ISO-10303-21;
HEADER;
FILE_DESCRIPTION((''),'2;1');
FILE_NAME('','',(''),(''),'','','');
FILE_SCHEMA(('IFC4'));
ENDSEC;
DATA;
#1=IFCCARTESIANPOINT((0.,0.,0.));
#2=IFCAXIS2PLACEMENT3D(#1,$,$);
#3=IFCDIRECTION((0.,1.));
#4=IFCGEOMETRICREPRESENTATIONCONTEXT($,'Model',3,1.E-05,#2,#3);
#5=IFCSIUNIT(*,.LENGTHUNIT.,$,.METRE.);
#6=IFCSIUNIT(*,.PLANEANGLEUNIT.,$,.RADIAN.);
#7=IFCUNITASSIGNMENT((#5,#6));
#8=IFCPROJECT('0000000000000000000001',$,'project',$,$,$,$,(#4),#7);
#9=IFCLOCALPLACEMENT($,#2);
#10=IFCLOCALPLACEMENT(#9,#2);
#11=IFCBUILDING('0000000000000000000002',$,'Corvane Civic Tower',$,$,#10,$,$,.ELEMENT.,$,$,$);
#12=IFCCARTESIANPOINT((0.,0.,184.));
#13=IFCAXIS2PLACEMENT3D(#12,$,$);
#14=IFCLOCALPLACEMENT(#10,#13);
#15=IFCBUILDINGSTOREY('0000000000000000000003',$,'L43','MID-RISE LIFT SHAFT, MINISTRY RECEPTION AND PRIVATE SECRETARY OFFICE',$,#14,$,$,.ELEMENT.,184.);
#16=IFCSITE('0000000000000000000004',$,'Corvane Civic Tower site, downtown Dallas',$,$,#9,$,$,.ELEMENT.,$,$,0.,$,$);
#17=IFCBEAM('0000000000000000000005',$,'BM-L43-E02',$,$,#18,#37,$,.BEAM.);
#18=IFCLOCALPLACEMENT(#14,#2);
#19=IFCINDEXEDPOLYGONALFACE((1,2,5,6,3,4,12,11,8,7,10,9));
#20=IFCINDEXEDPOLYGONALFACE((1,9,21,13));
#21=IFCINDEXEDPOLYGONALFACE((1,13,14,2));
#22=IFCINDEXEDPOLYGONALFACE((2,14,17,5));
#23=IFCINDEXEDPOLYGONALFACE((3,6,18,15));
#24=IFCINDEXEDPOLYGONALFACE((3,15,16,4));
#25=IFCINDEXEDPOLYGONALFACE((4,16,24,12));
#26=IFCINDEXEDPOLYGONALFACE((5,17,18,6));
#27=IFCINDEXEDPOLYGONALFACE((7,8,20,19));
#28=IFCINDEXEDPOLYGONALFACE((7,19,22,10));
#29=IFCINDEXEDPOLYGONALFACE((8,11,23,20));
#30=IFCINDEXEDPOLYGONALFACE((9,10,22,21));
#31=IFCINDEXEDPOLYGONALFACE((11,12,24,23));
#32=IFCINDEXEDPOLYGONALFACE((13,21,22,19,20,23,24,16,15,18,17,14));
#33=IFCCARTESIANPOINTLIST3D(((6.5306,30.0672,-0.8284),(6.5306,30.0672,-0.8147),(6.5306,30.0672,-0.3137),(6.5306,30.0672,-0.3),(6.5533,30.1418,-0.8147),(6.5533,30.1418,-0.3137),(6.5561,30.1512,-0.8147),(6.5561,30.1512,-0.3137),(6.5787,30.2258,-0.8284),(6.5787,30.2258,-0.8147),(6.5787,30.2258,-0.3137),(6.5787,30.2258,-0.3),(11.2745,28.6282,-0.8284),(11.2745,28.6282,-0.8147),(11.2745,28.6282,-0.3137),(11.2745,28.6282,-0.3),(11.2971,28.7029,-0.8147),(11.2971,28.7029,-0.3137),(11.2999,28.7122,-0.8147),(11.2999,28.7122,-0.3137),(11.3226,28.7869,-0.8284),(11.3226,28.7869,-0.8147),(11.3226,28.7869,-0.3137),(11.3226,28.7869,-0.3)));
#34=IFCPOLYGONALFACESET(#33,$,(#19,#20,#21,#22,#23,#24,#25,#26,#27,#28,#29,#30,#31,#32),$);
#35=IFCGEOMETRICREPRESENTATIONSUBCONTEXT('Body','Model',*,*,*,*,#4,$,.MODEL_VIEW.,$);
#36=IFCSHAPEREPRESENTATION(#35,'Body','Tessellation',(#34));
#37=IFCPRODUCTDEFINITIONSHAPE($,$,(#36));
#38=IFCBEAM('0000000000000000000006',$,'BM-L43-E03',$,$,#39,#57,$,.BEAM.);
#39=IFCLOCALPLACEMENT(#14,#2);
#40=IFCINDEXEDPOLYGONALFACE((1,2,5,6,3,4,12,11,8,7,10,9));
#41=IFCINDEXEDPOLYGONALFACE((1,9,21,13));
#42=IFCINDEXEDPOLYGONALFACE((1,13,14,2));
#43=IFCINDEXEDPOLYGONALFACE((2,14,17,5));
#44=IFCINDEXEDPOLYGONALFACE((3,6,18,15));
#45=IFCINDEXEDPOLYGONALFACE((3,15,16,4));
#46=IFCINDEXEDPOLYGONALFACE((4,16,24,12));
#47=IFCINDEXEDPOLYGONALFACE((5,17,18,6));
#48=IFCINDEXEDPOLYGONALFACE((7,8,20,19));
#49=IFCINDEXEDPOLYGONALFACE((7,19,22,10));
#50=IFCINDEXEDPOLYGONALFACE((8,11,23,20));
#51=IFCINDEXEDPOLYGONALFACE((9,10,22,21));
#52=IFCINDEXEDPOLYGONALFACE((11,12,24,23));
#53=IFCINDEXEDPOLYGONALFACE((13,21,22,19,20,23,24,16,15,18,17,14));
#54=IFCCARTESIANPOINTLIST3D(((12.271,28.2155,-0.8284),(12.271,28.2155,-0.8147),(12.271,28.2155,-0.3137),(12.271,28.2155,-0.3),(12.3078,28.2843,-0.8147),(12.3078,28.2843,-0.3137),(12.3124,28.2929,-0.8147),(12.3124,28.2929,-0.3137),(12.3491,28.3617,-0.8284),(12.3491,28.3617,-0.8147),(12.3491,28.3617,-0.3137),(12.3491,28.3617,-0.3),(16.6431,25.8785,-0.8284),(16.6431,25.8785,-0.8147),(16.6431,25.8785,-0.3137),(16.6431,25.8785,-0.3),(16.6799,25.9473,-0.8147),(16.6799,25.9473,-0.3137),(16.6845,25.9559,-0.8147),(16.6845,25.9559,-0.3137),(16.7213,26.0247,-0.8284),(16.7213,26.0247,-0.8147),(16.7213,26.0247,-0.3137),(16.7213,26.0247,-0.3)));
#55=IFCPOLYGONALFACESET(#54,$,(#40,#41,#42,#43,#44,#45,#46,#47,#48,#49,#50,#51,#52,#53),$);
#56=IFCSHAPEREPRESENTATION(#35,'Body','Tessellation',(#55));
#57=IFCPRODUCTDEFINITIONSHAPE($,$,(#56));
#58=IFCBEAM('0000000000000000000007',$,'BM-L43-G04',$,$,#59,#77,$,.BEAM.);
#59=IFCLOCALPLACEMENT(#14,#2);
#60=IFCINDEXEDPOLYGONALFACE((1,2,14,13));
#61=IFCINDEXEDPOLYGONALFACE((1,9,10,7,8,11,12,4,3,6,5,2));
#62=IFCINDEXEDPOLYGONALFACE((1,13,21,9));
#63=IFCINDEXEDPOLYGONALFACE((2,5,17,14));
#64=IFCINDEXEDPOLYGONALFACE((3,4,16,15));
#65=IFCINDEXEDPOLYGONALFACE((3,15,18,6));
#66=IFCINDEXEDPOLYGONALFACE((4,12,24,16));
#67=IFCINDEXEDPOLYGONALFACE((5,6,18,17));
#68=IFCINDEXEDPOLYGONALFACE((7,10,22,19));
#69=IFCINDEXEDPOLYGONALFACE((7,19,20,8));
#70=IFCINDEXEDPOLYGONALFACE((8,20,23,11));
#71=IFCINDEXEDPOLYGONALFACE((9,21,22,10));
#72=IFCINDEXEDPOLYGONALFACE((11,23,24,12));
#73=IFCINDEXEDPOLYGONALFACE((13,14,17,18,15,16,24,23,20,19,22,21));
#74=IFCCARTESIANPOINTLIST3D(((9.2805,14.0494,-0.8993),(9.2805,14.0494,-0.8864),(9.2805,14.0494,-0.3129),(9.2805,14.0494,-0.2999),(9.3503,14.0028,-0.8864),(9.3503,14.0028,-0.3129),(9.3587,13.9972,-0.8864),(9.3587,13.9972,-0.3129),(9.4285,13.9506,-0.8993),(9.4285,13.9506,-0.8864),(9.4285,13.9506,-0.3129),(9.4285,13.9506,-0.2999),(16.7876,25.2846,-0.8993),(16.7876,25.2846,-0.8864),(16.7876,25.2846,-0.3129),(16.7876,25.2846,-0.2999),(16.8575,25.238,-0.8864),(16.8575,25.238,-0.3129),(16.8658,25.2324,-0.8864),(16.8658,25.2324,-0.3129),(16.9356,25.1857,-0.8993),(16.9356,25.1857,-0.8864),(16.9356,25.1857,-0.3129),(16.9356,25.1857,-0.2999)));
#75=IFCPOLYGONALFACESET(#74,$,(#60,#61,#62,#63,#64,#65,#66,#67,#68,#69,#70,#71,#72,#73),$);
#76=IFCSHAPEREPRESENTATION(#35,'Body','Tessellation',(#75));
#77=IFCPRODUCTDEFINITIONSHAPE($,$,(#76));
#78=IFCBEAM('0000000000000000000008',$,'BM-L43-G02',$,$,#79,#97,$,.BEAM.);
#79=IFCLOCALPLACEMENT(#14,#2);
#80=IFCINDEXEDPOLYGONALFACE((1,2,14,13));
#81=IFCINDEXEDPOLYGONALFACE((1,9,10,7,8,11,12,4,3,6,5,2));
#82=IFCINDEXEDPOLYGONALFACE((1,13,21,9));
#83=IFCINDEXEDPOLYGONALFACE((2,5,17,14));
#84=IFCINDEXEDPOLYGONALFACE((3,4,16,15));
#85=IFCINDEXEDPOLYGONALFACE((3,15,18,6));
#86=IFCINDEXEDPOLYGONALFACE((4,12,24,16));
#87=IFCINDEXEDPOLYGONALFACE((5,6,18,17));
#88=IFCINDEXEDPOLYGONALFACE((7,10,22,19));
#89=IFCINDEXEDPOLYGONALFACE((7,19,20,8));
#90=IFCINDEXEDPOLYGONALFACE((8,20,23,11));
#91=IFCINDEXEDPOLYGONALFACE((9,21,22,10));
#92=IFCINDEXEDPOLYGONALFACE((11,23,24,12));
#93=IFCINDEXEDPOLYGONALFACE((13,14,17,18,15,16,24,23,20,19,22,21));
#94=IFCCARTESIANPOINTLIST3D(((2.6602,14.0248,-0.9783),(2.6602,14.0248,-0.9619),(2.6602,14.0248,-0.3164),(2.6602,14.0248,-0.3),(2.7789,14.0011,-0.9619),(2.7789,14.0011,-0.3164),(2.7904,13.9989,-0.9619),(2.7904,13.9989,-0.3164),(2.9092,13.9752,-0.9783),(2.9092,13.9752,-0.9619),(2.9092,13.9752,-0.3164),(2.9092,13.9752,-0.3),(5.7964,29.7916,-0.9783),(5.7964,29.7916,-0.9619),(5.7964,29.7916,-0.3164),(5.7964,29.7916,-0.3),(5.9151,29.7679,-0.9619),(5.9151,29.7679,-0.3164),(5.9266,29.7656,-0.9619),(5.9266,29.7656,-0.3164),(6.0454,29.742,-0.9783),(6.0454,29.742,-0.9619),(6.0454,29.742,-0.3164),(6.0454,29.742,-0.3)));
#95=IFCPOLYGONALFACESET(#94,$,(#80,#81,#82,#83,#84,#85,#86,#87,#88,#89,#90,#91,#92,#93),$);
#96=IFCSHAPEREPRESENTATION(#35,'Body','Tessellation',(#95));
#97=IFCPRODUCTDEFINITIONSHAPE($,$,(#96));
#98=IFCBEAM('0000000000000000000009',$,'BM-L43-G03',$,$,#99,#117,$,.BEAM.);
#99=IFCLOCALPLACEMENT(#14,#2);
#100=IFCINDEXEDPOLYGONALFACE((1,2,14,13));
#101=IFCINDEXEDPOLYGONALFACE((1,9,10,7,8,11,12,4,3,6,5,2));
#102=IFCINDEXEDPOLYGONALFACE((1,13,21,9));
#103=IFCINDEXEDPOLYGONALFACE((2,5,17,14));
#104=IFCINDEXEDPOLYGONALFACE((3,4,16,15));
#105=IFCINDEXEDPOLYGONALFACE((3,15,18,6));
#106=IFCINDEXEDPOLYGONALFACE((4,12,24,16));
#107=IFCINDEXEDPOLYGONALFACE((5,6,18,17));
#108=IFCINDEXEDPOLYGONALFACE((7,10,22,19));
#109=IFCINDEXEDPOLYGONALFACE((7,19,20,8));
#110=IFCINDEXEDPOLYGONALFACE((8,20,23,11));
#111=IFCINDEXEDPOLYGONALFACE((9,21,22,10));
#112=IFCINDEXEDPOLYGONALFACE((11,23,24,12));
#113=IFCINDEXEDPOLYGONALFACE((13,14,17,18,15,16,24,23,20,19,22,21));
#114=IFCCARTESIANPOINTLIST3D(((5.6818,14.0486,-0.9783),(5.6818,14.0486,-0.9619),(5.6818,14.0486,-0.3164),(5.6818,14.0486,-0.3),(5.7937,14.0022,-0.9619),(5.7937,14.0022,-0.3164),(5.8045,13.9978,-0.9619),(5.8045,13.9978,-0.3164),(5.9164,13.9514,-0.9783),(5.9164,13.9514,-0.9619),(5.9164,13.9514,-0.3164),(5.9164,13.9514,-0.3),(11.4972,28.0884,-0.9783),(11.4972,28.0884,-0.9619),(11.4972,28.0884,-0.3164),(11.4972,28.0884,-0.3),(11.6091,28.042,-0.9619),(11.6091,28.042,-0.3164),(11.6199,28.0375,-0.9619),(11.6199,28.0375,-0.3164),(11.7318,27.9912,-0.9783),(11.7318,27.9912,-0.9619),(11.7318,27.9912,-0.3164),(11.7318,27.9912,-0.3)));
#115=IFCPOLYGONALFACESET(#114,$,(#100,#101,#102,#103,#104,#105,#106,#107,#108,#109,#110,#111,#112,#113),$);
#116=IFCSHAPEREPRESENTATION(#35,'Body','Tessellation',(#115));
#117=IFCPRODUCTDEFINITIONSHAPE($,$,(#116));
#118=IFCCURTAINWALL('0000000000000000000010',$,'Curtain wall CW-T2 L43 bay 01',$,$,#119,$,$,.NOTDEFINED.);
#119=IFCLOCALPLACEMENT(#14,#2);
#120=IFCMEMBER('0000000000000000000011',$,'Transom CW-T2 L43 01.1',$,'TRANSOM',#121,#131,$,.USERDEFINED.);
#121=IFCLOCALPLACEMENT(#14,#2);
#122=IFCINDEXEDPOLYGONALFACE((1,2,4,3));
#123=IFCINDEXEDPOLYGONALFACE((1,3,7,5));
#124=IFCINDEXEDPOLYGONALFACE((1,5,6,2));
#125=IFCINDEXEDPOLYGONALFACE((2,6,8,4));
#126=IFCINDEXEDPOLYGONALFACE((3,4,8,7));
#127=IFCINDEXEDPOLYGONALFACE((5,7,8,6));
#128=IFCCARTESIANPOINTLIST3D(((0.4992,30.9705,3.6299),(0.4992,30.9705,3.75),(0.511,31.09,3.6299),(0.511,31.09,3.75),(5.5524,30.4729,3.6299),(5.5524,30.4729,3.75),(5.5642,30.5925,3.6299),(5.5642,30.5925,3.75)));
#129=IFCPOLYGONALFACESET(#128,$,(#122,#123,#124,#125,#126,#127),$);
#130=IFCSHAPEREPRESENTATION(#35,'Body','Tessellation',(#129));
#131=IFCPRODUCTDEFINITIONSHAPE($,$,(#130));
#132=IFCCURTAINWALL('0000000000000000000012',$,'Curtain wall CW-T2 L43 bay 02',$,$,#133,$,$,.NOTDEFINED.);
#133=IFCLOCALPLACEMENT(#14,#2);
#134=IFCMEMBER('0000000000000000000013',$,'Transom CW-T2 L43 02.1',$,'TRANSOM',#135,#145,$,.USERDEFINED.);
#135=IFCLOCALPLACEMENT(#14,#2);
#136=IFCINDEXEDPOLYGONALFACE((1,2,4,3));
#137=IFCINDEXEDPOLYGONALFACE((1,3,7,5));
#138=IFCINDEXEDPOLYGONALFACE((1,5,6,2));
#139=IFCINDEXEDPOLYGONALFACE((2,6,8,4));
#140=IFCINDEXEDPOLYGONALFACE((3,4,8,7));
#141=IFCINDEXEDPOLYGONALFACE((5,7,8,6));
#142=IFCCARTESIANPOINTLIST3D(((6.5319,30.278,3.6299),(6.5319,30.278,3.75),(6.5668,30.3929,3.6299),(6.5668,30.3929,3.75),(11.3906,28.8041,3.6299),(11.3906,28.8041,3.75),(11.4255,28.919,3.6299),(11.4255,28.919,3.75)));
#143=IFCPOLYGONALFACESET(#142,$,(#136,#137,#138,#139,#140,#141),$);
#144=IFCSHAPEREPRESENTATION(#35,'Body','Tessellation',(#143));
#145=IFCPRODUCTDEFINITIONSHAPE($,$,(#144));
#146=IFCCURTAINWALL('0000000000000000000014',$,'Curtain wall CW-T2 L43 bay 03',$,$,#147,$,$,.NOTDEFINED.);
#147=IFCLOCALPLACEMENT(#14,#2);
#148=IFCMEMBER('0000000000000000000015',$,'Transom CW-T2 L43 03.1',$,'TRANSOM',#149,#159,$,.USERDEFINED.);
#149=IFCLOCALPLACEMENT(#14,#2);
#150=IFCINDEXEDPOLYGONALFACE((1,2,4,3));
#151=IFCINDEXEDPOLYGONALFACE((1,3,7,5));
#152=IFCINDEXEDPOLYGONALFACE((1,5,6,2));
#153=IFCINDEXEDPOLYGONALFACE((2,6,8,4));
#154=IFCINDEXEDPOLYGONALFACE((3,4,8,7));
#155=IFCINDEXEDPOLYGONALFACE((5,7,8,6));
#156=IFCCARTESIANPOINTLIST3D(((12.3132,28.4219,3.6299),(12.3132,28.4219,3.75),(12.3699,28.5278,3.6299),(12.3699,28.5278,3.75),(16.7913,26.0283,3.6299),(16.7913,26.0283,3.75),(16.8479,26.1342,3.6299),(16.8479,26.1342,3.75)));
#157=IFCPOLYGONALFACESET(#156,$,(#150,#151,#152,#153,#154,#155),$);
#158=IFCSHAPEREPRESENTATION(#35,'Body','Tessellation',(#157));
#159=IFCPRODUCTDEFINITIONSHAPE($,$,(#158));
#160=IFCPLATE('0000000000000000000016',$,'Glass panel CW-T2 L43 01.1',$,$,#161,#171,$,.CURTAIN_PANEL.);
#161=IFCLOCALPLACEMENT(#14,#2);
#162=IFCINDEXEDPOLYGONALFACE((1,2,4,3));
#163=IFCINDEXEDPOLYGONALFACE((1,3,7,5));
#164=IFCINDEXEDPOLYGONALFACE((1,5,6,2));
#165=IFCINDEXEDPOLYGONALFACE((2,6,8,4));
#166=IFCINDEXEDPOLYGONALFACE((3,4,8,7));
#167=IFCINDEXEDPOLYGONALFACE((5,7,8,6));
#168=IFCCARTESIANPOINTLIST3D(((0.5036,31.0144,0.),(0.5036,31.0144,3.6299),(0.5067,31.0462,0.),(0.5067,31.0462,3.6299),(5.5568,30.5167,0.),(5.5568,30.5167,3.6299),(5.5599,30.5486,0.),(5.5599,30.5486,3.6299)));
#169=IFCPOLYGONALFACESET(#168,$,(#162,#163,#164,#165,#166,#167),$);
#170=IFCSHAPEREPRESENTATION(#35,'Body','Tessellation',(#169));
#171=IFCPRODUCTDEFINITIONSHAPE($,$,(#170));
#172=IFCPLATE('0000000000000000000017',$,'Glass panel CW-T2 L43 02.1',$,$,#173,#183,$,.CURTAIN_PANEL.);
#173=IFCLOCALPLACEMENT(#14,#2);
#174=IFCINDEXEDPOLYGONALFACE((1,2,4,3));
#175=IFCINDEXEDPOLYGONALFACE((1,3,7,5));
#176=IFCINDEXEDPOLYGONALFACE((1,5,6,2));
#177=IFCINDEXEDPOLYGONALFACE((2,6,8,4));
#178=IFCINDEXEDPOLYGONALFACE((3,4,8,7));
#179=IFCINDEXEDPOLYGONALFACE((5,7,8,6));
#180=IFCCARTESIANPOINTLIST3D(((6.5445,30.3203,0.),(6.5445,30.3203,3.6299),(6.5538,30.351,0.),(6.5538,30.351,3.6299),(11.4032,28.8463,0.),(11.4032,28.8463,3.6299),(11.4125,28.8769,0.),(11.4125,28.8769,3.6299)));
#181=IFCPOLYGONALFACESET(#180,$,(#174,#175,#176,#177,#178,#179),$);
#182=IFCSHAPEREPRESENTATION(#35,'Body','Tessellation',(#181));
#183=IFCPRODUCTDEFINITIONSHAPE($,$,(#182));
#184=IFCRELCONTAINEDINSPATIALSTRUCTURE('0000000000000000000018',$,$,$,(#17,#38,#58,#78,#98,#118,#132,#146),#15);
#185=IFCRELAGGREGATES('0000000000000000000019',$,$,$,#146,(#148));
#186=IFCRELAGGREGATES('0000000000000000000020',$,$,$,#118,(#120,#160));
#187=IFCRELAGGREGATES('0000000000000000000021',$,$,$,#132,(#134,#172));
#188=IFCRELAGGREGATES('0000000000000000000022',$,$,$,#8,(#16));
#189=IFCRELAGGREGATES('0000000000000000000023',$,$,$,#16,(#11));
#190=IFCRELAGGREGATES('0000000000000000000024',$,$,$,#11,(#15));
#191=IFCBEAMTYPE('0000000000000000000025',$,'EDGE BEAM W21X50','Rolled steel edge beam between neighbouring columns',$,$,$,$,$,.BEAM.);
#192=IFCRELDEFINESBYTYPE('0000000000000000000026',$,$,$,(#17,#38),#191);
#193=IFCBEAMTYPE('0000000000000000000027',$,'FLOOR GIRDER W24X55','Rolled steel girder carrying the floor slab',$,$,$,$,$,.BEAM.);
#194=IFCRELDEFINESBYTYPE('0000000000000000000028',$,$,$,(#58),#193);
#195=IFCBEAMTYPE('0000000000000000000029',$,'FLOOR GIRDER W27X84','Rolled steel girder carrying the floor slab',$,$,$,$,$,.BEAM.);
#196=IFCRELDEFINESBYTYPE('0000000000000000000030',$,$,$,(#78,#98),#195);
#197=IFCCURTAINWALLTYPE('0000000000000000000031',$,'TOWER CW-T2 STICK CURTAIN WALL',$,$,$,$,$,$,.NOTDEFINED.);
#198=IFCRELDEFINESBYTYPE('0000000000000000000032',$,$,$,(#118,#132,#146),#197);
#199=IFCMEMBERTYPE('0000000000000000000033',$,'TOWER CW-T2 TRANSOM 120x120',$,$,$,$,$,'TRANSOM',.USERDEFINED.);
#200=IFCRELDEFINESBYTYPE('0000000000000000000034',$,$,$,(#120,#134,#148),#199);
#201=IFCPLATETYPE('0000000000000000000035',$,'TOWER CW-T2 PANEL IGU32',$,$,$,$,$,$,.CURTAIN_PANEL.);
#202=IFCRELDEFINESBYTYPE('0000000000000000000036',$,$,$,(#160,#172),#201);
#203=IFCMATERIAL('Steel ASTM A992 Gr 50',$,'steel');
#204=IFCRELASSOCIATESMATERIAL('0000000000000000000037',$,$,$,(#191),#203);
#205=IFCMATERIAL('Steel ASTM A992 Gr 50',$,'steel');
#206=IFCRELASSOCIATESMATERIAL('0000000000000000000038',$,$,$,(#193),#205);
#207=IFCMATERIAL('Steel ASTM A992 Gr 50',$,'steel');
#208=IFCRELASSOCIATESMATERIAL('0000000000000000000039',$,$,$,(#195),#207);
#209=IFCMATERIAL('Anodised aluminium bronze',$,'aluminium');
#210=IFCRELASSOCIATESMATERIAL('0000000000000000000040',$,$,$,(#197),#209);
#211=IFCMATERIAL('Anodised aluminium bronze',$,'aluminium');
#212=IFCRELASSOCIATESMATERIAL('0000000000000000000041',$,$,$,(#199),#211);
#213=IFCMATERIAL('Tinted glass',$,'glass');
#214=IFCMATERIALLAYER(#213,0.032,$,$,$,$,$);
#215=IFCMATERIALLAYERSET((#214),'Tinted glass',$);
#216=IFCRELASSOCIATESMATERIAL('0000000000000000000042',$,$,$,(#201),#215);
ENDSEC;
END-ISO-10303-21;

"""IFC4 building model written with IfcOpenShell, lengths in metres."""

from ifc_helpers import new_model, si_unit, direction, frame, origin, origin_2d, place, context, subcontext, project, spatial, rectangle, i_section, extrude, material, layer, layer_set, material_profile, profile_set, type_object, element, aggregate, save


model = new_model("IFC4")

# Units and contexts
model_context = context("Model", 3, precision=1e-05, world=origin(), true_north=direction((0.0, 1.0)))
body_context = subcontext(model_context, "Body", "Model", "MODEL_VIEW")
ifc_project = project(units=[si_unit("LENGTHUNIT", "METRE"), si_unit("PLANEANGLEUNIT", "RADIAN")], contexts=[model_context])

# Site, building, storey
site_placement = place(None, origin())
site = spatial("IfcSite", under=ifc_project, at=site_placement, Name="Corvane Civic Tower site, downtown Dallas", CompositionType="ELEMENT", RefElevation=0.0)
building_placement = place(site_placement, origin())
building = spatial("IfcBuilding", under=site, at=building_placement, Name="Corvane Civic Tower", CompositionType="ELEMENT")
storey_placement = place(building_placement, frame((0.0, 0.0, 184.0)))
storey = spatial("IfcBuildingStorey", under=building, at=storey_placement, Name="L43", Description="MID-RISE LIFT SHAFT, MINISTRY RECEPTION AND PRIVATE SECRETARY OFFICE", CompositionType="ELEMENT", Elevation=184.0)

# Beams
ifc_material_1 = material(Name="Steel ASTM A992 Gr 50", Category="steel")
ifc_material_profile_1 = material_profile(ifc_material_1, i_section(OverallWidth=0.1658, OverallDepth=0.5283, WebThickness=0.0098, FlangeThickness=0.0137, at=origin_2d()), Name="W21X50")
ifc_profile_set_1 = profile_set([ifc_material_profile_1], Name="Steel ASTM A992 Gr 50")
beam_type_1 = type_object("IfcBeamType", Name="EDGE BEAM W21X50", Description="Rolled steel edge beam between neighbouring columns", PredefinedType="BEAM", material=ifc_profile_set_1)
beam_1_placement = place(storey_placement, frame((6.5547, 30.1465, -0.5642), z_axis=(0.956945, -0.29027, 0.0), x_axis=(0.29027, 0.956945, 0.0)))
element("IfcBeam", 1, at=beam_1_placement, inside=storey, type_object=beam_type_1, Name="BM-L43-E02", PredefinedType="BEAM", context=body_context, shape_type="SweptSolid", body=[
    extrude(i_section(OverallWidth=0.1658, OverallDepth=0.5283, WebThickness=0.0098, FlangeThickness=0.0137, at=origin_2d()), origin(), (0.0, 0.0, 1.0), 4.9573),
])
beam_2_placement = place(storey_placement, frame((12.3101, 28.2886, -0.5642), z_axis=(0.881922, -0.471396, 0.0), x_axis=(0.471396, 0.881922, 0.0)))
element("IfcBeam", 2, at=beam_2_placement, inside=storey, type_object=beam_type_1, Name="BM-L43-E03", PredefinedType="BEAM", context=body_context, shape_type="SweptSolid", body=[
    extrude(i_section(OverallWidth=0.1658, OverallDepth=0.5283, WebThickness=0.0098, FlangeThickness=0.0137, at=origin_2d()), origin(), (0.0, 0.0, 1.0), 4.9575),
])
ifc_material_2 = material(Name="Steel ASTM A992 Gr 50", Category="steel")
ifc_material_profile_2 = material_profile(ifc_material_2, i_section(OverallWidth=0.178, OverallDepth=0.5994, WebThickness=0.01, FlangeThickness=0.0129, at=origin_2d()), Name="W24X55")
ifc_profile_set_2 = profile_set([ifc_material_profile_2], Name="Steel ASTM A992 Gr 50")
beam_type_2 = type_object("IfcBeamType", Name="FLOOR GIRDER W24X55", Description="Rolled steel girder carrying the floor slab", PredefinedType="BEAM", material=ifc_profile_set_2)
beam_3_placement = place(storey_placement, frame((9.3545, 14.0, -0.5996), z_axis=(0.555571, 0.831469, 0.0), x_axis=(-0.831469, 0.555571, 0.0)))
element("IfcBeam", 3, at=beam_3_placement, inside=storey, type_object=beam_type_2, Name="BM-L43-G04", PredefinedType="BEAM", context=body_context, shape_type="SweptSolid", body=[
    extrude(i_section(OverallWidth=0.178, OverallDepth=0.5994, WebThickness=0.01, FlangeThickness=0.0129, at=origin_2d()), origin(), (0.0, 0.0, 1.0), 13.5125),
])
ifc_material_3 = material(Name="Steel ASTM A992 Gr 50", Category="steel")
ifc_material_profile_3 = material_profile(ifc_material_3, i_section(OverallWidth=0.2539, OverallDepth=0.6782, WebThickness=0.0117, FlangeThickness=0.0164, at=origin_2d()), Name="W27X84")
ifc_profile_set_3 = profile_set([ifc_material_profile_3], Name="Steel ASTM A992 Gr 50")
beam_type_3 = type_object("IfcBeamType", Name="FLOOR GIRDER W27X84", Description="Rolled steel girder carrying the floor slab", PredefinedType="BEAM", material=ifc_profile_set_3)
beam_4_placement = place(storey_placement, frame((2.7847, 14.0, -0.6392), z_axis=(0.195091, 0.980785, 0.0), x_axis=(-0.980785, 0.195091, 0.0)))
element("IfcBeam", 4, at=beam_4_placement, inside=storey, type_object=beam_type_3, Name="BM-L43-G02", PredefinedType="BEAM", context=body_context, shape_type="SweptSolid", body=[
    extrude(i_section(OverallWidth=0.2539, OverallDepth=0.6782, WebThickness=0.0117, FlangeThickness=0.0164, at=origin_2d()), origin(), (0.0, 0.0, 1.0), 16.0757),
])
beam_5_placement = place(storey_placement, frame((5.7991, 14.0, -0.6392), z_axis=(0.382681, 0.923881, 0.0), x_axis=(-0.923881, 0.382681, 0.0)))
element("IfcBeam", 5, at=beam_5_placement, inside=storey, type_object=beam_type_3, Name="BM-L43-G03", PredefinedType="BEAM", context=body_context, shape_type="SweptSolid", body=[
    extrude(i_section(OverallWidth=0.2539, OverallDepth=0.6782, WebThickness=0.0117, FlangeThickness=0.0164, at=origin_2d()), origin(), (0.0, 0.0, 1.0), 15.1965),
])

# Curtain walls, members
ifc_material_4 = material(Name="Anodised aluminium bronze", Category="aluminium")
curtain_wall_type = type_object("IfcCurtainWallType", Name="TOWER CW-T2 STICK CURTAIN WALL", PredefinedType="NOTDEFINED", material=ifc_material_4)
curtain_wall_1_placement = place(storey_placement, origin())
curtain_wall_1 = element("IfcCurtainWall", 6, at=curtain_wall_1_placement, inside=storey, type_object=curtain_wall_type, Name="Curtain wall CW-T2 L43 bay 01", PredefinedType="NOTDEFINED")
ifc_material_5 = material(Name="Anodised aluminium bronze", Category="aluminium")
ifc_material_profile_4 = material_profile(ifc_material_5, rectangle(XDim=0.1201, YDim=0.1201, at=origin_2d()), Name="TOWER CW-T2 TRANSOM 120x120")
ifc_profile_set_4 = profile_set([ifc_material_profile_4], Name="Anodised aluminium bronze")
member_type = type_object("IfcMemberType", Name="TOWER CW-T2 TRANSOM 120x120", ElementType="TRANSOM", PredefinedType="USERDEFINED", material=ifc_profile_set_4)
member_1_placement = place(storey_placement, frame((0.5051, 31.0303, 3.6899), z_axis=(0.995187, -0.09799, 0.0), x_axis=(0.09799, 0.995187, 0.0)))
member_1 = element("IfcMember", 7, at=member_1_placement, type_object=member_type, Name="Transom CW-T2 L43 01.1", ObjectType="TRANSOM", PredefinedType="USERDEFINED", context=body_context, shape_type="SweptSolid", body=[
    extrude(rectangle(XDim=0.1201, YDim=0.1201, at=origin_2d()), origin(), (0.0, 0.0, 1.0), 5.0776),
])
curtain_wall_2_placement = place(storey_placement, origin())
curtain_wall_2 = element("IfcCurtainWall", 8, at=curtain_wall_2_placement, inside=storey, type_object=curtain_wall_type, Name="Curtain wall CW-T2 L43 bay 02", PredefinedType="NOTDEFINED")
member_2_placement = place(storey_placement, frame((6.5493, 30.3354, 3.6899), z_axis=(0.956939, -0.290289, 0.0), x_axis=(0.290289, 0.956939, 0.0)))
member_2 = element("IfcMember", 9, at=member_2_placement, type_object=member_type, Name="Transom CW-T2 L43 02.1", ObjectType="TRANSOM", PredefinedType="USERDEFINED", context=body_context, shape_type="SweptSolid", body=[
    extrude(rectangle(XDim=0.1201, YDim=0.1201, at=origin_2d()), origin(), (0.0, 0.0, 1.0), 5.0774),
])
curtain_wall_3_placement = place(storey_placement, origin())
curtain_wall_3 = element("IfcCurtainWall", 10, at=curtain_wall_3_placement, inside=storey, type_object=curtain_wall_type, Name="Curtain wall CW-T2 L43 bay 03", PredefinedType="NOTDEFINED")
member_3_placement = place(storey_placement, frame((12.3416, 28.4749, 3.6899), z_axis=(0.881921, -0.471397, 0.0), x_axis=(0.471397, 0.881921, 0.0)))
member_3 = element("IfcMember", 11, at=member_3_placement, type_object=member_type, Name="Transom CW-T2 L43 03.1", ObjectType="TRANSOM", PredefinedType="USERDEFINED", context=body_context, shape_type="SweptSolid", body=[
    extrude(rectangle(XDim=0.1201, YDim=0.1201, at=origin_2d()), origin(), (0.0, 0.0, 1.0), 5.0776),
])
aggregate(curtain_wall_3, [member_3])

# Plates
ifc_material_6 = material(Name="Tinted glass", Category="glass")
ifc_layer_1 = layer(ifc_material_6, 0.032)
ifc_layer_set_1 = layer_set([ifc_layer_1], Name="Tinted glass")
plate_type = type_object("IfcPlateType", Name="TOWER CW-T2 PANEL IGU32", PredefinedType="CURTAIN_PANEL", material=ifc_layer_set_1)
plate_1_placement = place(storey_placement, frame((3.0317, 30.7815, 0.0), z_axis=(0.0, 0.0, 1.0), x_axis=(0.995185, -0.098012, 0.0)))
plate_1 = element("IfcPlate", 12, at=plate_1_placement, type_object=plate_type, Name="Glass panel CW-T2 L43 01.1", PredefinedType="CURTAIN_PANEL", context=body_context, shape_type="SweptSolid", body=[
    extrude(rectangle(XDim=5.0776, YDim=0.032, at=origin_2d()), origin(), (0.0, 0.0, 1.0), 3.6299),
])
aggregate(curtain_wall_1, [member_1, plate_1])
plate_2_placement = place(storey_placement, frame((8.9785, 29.5986, 0.0), z_axis=(0.0, 0.0, 1.0), x_axis=(0.956932, -0.290313, 0.0)))
plate_2 = element("IfcPlate", 13, at=plate_2_placement, type_object=plate_type, Name="Glass panel CW-T2 L43 02.1", PredefinedType="CURTAIN_PANEL", context=body_context, shape_type="SweptSolid", body=[
    extrude(rectangle(XDim=5.0774, YDim=0.032, at=origin_2d()), origin(), (0.0, 0.0, 1.0), 3.6299),
])
aggregate(curtain_wall_2, [member_2, plate_2])

save(model, "model.ifc")
